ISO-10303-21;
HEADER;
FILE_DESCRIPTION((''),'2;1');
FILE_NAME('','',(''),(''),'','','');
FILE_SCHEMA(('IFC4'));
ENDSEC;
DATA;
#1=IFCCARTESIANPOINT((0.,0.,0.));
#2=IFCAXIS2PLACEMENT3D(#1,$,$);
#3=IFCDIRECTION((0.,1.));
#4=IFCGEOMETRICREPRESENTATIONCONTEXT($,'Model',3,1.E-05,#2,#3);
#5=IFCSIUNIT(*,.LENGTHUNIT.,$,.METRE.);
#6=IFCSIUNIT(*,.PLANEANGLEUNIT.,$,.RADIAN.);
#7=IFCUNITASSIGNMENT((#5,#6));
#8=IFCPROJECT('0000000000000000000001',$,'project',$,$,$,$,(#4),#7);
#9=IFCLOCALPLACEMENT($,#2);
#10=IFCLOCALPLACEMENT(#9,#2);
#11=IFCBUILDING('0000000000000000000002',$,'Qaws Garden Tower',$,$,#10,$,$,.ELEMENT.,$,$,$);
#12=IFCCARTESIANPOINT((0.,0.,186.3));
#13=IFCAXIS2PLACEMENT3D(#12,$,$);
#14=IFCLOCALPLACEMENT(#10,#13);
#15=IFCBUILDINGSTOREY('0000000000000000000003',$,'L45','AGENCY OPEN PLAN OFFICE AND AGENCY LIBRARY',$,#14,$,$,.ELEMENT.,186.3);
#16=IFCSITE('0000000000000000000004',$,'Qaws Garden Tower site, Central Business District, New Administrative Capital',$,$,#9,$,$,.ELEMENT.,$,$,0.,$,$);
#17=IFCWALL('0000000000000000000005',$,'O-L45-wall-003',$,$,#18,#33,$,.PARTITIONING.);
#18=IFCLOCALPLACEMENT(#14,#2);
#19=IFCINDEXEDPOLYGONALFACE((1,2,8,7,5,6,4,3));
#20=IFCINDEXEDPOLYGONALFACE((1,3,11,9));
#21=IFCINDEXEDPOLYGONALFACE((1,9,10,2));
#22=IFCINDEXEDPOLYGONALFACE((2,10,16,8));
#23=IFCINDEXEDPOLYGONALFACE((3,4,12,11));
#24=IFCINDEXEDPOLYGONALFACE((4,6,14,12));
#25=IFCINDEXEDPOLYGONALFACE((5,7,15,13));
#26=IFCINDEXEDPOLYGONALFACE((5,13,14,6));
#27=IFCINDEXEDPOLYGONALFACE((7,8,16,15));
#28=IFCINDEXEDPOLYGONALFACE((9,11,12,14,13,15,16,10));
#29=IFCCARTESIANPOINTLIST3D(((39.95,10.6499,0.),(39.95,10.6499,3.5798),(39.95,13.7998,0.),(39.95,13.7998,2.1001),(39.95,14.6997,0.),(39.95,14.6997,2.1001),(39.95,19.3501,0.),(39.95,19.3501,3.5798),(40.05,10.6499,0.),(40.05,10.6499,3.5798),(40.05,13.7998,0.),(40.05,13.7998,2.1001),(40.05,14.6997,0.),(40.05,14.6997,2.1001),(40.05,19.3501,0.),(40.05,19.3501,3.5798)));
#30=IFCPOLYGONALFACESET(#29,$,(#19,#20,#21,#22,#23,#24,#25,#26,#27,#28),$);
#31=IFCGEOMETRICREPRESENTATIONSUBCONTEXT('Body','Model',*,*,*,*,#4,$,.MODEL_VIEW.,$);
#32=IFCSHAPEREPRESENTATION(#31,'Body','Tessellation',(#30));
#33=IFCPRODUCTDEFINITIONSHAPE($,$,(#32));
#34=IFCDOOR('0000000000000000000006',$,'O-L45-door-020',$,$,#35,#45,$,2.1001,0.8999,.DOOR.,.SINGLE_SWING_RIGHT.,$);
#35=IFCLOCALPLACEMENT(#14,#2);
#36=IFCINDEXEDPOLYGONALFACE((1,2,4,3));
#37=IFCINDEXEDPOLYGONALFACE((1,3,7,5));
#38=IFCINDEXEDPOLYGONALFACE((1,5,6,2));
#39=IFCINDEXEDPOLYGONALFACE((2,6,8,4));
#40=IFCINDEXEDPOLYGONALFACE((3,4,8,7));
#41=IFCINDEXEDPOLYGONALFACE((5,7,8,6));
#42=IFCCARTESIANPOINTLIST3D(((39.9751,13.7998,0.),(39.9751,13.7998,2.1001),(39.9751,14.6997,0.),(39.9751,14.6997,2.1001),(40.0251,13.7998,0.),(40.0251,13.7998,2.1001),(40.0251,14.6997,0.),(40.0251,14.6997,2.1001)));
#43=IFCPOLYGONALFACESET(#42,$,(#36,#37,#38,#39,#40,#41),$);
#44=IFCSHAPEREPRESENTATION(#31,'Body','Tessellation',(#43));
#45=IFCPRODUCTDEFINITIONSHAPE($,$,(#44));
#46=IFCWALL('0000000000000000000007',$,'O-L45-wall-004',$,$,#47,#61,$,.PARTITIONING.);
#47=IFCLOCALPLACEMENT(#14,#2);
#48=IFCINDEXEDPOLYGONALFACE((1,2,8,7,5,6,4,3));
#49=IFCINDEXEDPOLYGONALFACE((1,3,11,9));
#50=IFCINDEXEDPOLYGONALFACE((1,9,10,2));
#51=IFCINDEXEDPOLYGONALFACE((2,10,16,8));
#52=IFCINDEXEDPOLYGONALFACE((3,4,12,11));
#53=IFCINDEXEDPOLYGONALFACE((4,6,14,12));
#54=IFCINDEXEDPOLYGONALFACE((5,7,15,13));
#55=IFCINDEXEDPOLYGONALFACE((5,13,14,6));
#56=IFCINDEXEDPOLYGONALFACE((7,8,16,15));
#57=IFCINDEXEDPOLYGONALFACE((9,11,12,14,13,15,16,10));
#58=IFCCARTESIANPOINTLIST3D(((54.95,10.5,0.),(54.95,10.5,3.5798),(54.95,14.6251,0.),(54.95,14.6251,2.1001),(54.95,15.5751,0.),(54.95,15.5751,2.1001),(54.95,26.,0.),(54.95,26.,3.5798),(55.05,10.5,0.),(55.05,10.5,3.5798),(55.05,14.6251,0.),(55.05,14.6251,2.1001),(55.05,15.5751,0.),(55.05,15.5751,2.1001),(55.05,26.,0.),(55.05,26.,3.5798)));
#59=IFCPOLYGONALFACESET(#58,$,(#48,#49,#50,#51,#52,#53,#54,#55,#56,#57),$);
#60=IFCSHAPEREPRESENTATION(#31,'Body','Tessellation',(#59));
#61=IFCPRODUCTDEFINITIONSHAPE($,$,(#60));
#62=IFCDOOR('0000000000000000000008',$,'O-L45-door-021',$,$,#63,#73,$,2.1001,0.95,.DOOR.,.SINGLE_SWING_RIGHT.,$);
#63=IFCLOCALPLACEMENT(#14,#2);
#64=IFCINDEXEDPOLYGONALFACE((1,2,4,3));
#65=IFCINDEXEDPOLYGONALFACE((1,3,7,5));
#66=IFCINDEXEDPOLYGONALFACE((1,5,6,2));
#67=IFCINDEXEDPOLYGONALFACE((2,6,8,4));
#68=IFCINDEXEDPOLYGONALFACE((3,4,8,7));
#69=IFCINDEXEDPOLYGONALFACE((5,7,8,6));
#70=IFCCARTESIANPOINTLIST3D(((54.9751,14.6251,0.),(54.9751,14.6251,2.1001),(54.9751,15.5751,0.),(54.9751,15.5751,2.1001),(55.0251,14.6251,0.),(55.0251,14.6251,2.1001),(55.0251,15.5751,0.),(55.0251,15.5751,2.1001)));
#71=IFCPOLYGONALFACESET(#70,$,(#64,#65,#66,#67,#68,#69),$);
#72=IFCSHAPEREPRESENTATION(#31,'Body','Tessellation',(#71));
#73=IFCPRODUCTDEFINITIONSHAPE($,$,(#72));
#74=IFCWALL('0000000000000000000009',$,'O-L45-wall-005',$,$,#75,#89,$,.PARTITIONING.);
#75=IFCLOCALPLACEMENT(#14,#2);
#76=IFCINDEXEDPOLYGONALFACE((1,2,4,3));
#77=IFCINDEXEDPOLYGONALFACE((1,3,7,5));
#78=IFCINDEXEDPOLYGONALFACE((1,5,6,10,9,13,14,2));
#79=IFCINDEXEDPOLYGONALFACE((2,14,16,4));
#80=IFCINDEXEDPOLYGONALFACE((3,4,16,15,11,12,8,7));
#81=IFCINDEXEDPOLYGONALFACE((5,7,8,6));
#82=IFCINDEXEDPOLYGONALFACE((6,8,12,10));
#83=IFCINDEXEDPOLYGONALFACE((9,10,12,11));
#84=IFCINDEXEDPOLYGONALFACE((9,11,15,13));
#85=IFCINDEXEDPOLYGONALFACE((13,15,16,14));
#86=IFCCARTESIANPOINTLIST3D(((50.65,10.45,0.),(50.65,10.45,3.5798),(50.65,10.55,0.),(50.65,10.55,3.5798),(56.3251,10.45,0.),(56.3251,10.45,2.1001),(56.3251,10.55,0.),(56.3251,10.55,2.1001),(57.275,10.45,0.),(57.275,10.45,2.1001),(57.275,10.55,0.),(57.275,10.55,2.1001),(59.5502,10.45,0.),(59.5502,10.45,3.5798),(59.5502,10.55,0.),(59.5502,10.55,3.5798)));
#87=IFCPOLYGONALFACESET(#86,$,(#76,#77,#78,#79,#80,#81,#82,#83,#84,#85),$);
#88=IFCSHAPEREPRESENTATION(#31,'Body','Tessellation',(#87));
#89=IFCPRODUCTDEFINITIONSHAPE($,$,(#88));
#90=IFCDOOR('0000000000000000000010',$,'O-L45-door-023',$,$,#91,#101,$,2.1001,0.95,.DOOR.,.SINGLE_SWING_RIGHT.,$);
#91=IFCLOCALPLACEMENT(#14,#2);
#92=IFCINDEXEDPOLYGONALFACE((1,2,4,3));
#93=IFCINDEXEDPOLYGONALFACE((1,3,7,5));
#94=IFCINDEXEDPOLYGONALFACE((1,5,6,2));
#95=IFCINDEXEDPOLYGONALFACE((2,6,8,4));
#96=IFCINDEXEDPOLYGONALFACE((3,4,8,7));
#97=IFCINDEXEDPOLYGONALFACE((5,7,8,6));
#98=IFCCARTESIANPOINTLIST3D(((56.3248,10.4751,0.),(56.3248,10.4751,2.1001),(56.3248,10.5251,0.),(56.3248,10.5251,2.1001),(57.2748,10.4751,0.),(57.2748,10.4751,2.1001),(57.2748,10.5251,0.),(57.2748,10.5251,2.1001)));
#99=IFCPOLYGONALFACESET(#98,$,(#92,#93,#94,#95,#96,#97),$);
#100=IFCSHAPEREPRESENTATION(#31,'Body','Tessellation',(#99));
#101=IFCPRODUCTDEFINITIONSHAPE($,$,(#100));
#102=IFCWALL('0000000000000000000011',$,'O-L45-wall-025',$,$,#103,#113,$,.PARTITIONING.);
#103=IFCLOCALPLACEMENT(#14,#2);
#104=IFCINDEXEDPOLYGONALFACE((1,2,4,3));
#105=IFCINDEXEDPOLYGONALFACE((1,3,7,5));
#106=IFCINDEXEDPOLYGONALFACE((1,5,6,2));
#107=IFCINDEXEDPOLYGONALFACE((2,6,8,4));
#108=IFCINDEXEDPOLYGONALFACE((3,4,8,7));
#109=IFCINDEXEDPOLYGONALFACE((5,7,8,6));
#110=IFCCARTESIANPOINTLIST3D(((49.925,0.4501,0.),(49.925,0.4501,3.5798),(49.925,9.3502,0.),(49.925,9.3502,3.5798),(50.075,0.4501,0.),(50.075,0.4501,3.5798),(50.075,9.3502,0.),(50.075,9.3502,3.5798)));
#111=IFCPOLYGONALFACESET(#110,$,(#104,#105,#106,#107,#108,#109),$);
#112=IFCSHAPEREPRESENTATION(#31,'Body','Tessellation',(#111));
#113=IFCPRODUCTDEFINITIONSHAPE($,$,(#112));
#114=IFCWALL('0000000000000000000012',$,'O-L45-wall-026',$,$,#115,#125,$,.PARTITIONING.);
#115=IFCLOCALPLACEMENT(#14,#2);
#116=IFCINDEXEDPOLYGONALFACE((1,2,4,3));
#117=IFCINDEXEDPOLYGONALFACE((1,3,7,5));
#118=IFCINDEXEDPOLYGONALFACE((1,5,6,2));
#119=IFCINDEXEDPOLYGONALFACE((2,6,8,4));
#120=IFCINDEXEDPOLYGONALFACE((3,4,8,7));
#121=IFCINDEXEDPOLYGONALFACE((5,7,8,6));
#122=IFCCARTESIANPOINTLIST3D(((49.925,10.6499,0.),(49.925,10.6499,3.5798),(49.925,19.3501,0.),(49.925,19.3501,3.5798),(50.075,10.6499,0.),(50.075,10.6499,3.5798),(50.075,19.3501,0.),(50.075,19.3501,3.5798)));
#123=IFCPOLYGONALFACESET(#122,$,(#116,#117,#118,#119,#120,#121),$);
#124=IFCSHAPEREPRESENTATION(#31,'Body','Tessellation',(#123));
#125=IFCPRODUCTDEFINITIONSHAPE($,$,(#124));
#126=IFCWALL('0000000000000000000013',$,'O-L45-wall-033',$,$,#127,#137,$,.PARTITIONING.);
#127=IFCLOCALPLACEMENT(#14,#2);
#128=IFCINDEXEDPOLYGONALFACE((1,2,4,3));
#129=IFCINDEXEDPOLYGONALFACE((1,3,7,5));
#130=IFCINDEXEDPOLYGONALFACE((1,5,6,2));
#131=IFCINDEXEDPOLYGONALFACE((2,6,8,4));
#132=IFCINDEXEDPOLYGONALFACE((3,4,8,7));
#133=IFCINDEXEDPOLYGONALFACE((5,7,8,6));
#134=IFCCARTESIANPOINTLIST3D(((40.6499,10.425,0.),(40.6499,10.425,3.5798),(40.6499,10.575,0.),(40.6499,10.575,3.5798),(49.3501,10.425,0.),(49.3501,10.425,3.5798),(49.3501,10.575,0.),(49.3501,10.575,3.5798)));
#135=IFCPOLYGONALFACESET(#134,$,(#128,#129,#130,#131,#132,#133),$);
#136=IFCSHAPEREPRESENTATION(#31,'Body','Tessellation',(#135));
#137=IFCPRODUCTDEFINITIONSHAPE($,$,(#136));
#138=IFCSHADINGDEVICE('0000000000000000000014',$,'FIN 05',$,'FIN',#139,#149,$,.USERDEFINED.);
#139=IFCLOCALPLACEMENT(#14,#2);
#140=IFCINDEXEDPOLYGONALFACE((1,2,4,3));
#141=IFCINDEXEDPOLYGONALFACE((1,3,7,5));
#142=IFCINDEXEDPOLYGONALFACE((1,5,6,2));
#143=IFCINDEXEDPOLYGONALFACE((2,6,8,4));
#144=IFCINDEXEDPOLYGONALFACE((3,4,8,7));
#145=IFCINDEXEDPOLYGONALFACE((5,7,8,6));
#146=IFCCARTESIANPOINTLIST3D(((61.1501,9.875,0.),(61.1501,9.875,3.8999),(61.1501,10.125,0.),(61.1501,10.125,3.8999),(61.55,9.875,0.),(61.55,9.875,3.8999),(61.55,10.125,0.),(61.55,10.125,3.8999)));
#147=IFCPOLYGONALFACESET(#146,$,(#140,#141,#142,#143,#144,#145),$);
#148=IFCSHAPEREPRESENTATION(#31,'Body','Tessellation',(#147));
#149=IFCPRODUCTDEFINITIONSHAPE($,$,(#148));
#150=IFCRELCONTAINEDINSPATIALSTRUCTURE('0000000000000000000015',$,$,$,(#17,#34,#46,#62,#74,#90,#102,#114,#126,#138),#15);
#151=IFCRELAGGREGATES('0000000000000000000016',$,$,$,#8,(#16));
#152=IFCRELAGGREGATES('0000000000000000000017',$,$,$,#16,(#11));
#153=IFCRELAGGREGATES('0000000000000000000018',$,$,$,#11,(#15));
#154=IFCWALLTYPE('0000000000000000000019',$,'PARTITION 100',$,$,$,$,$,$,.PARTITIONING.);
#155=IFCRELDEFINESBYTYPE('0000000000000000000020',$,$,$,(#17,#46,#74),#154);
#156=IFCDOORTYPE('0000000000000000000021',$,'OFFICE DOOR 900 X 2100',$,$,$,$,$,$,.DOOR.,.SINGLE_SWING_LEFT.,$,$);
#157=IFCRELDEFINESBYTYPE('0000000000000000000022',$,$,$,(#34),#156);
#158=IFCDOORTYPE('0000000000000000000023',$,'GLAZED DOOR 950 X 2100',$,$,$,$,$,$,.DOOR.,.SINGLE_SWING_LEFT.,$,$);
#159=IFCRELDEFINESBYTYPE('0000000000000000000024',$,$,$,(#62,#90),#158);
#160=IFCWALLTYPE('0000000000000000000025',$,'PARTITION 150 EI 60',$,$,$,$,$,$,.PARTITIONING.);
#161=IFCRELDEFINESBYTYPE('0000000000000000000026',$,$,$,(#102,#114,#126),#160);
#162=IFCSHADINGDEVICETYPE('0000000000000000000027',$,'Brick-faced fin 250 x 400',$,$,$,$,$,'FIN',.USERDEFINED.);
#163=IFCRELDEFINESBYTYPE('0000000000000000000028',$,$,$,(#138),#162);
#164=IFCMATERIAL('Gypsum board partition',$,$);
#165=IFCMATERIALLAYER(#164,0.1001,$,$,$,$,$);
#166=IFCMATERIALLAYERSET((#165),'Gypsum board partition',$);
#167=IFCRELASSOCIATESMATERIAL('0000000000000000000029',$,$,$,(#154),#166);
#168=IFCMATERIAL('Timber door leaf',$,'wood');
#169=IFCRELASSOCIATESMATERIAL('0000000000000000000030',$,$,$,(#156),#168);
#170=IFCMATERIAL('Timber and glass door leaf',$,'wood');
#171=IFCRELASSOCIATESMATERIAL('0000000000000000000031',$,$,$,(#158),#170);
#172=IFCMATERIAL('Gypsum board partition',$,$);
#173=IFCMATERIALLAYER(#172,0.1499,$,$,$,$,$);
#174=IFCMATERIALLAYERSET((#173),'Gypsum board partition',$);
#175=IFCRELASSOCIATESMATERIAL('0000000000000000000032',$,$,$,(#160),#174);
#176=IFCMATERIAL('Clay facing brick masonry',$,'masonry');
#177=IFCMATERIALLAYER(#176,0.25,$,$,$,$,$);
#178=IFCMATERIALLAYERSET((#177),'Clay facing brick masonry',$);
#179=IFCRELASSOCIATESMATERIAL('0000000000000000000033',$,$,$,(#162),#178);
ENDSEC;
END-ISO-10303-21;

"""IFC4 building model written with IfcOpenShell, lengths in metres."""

from ifc_helpers import new_model, si_unit, direction, frame, frame_2d, origin, origin_2d, place, context, subcontext, project, spatial, rectangle, extrude, material, layer, layer_set, type_object, element, fill, save


model = new_model("IFC4")

# Units and contexts
model_context = context("Model", 3, precision=1e-05, world=origin(), true_north=direction((0.0, 1.0)))
body_context = subcontext(model_context, "Body", "Model", "MODEL_VIEW")
ifc_project = project(units=[si_unit("LENGTHUNIT", "METRE"), si_unit("PLANEANGLEUNIT", "RADIAN")], contexts=[model_context])

# Site, building, storey
site_placement = place(None, origin())
site = spatial("IfcSite", under=ifc_project, at=site_placement, Name="Qaws Garden Tower site, Central Business District, New Administrative Capital", CompositionType="ELEMENT", RefElevation=0.0)
building_placement = place(site_placement, origin())
building = spatial("IfcBuilding", under=site, at=building_placement, Name="Qaws Garden Tower", CompositionType="ELEMENT")
storey_placement = place(building_placement, frame((0.0, 0.0, 186.3)))
storey = spatial("IfcBuildingStorey", under=building, at=storey_placement, Name="L45", Description="AGENCY OPEN PLAN OFFICE AND AGENCY LIBRARY", CompositionType="ELEMENT", Elevation=186.3)

# Walls, openings, doors
ifc_material_1 = material(Name="Gypsum board partition")
ifc_layer_1 = layer(ifc_material_1, 0.1001)
ifc_layer_set_1 = layer_set([ifc_layer_1], Name="Gypsum board partition")
wall_type_1 = type_object("IfcWallType", Name="PARTITION 100", PredefinedType="PARTITIONING", material=ifc_layer_set_1)
wall_1_placement = place(storey_placement, frame((40.0, 10.6499, 0.0), z_axis=(0.0, 0.0, 1.0), x_axis=(0.0, 1.0, 0.0)))
wall_1 = element("IfcWall", 1, at=wall_1_placement, inside=storey, type_object=wall_type_1, Name="O-L45-wall-003", PredefinedType="PARTITIONING", context=body_context, shape_type="SweptSolid", body=[
    extrude(rectangle(XDim=8.7002, YDim=0.1001, at=frame_2d((4.3501, 0.0))), origin(), (0.0, 0.0, 1.0), 3.5798),
])
opening_1_placement = place(wall_1_placement, frame((3.1499, 0.0, 0.0)))
opening_1 = element("IfcOpeningElement", 2, at=opening_1_placement, cuts=wall_1, PredefinedType="OPENING", context=body_context, shape_type="SweptSolid", body=[
    extrude(rectangle(XDim=0.8999, YDim=2.1001, at=frame_2d((0.45, 1.05))), frame((0.0, 0.0601, 0.0), z_axis=(0.0, -1.0, 0.0), x_axis=(1.0, 0.0, 0.0)), (0.0, 0.0, 1.0), 0.1201),
])
ifc_material_2 = material(Name="Timber door leaf", Category="wood")
door_type_1 = type_object("IfcDoorType", Name="OFFICE DOOR 900 X 2100", OperationType="SINGLE_SWING_LEFT", PredefinedType="DOOR", material=ifc_material_2)
door_1_placement = place(opening_1_placement, origin())
door_1 = element("IfcDoor", 3, at=door_1_placement, inside=storey, type_object=door_type_1, Name="O-L45-door-020", OperationType="SINGLE_SWING_RIGHT", OverallHeight=2.1001, OverallWidth=0.8999, PredefinedType="DOOR", context=body_context, shape_type="SweptSolid", body=[
    extrude(rectangle(XDim=0.8999, YDim=2.1001, at=frame_2d((0.45, 1.05))), frame((0.0, 0.0249, 0.0), z_axis=(0.0, -1.0, 0.0), x_axis=(1.0, 0.0, 0.0)), (0.0, 0.0, 1.0), 0.05),
])
fill(opening_1, door_1)
wall_2_placement = place(storey_placement, frame((55.0, 10.5, 0.0), z_axis=(0.0, 0.0, 1.0), x_axis=(0.0, 1.0, 0.0)))
wall_2 = element("IfcWall", 4, at=wall_2_placement, inside=storey, type_object=wall_type_1, Name="O-L45-wall-004", PredefinedType="PARTITIONING", context=body_context, shape_type="SweptSolid", body=[
    extrude(rectangle(XDim=15.5, YDim=0.1001, at=frame_2d((7.75, 0.0))), origin(), (0.0, 0.0, 1.0), 3.5798),
])
opening_2_placement = place(wall_2_placement, frame((4.125, 0.0, 0.0)))
opening_2 = element("IfcOpeningElement", 5, at=opening_2_placement, cuts=wall_2, PredefinedType="OPENING", context=body_context, shape_type="SweptSolid", body=[
    extrude(rectangle(XDim=0.95, YDim=2.1001, at=frame_2d((0.4751, 1.05))), frame((0.0, 0.0601, 0.0), z_axis=(0.0, -1.0, 0.0), x_axis=(1.0, 0.0, 0.0)), (0.0, 0.0, 1.0), 0.1201),
])
ifc_material_3 = material(Name="Timber and glass door leaf", Category="wood")
door_type_2 = type_object("IfcDoorType", Name="GLAZED DOOR 950 X 2100", OperationType="SINGLE_SWING_LEFT", PredefinedType="DOOR", material=ifc_material_3)
door_2_placement = place(opening_2_placement, origin())
door_2 = element("IfcDoor", 6, at=door_2_placement, inside=storey, type_object=door_type_2, Name="O-L45-door-021", OperationType="SINGLE_SWING_RIGHT", OverallHeight=2.1001, OverallWidth=0.95, PredefinedType="DOOR", context=body_context, shape_type="SweptSolid", body=[
    extrude(rectangle(XDim=0.95, YDim=2.1001, at=frame_2d((0.4751, 1.05))), frame((0.0, 0.0249, 0.0), z_axis=(0.0, -1.0, 0.0), x_axis=(1.0, 0.0, 0.0)), (0.0, 0.0, 1.0), 0.05),
])
fill(opening_2, door_2)
wall_3_placement = place(storey_placement, frame((50.6499, 10.5, 0.0), z_axis=(0.0, 0.0, 1.0), x_axis=(1.0, 0.0, 0.0)))
wall_3 = element("IfcWall", 7, at=wall_3_placement, inside=storey, type_object=wall_type_1, Name="O-L45-wall-005", PredefinedType="PARTITIONING", context=body_context, shape_type="SweptSolid", body=[
    extrude(rectangle(XDim=8.9001, YDim=0.1001, at=frame_2d((4.4502, 0.0))), origin(), (0.0, 0.0, 1.0), 3.5798),
])
opening_3_placement = place(wall_3_placement, frame((5.675, 0.0, 0.0)))
opening_3 = element("IfcOpeningElement", 8, at=opening_3_placement, cuts=wall_3, PredefinedType="OPENING", context=body_context, shape_type="SweptSolid", body=[
    extrude(rectangle(XDim=0.95, YDim=2.1001, at=frame_2d((0.4751, 1.05))), frame((0.0, 0.0601, 0.0), z_axis=(0.0, -1.0, 0.0), x_axis=(1.0, 0.0, 0.0)), (0.0, 0.0, 1.0), 0.1201),
])
door_3_placement = place(opening_3_placement, frame((0.95, 0.0, 0.0), z_axis=(0.0, 0.0, 1.0), x_axis=(-1.0, 0.0, 0.0)))
door_3 = element("IfcDoor", 9, at=door_3_placement, inside=storey, type_object=door_type_2, Name="O-L45-door-023", OperationType="SINGLE_SWING_RIGHT", OverallHeight=2.1001, OverallWidth=0.95, PredefinedType="DOOR", context=body_context, shape_type="SweptSolid", body=[
    extrude(rectangle(XDim=0.95, YDim=2.1001, at=frame_2d((0.4751, 1.05))), frame((0.0, 0.0249, 0.0), z_axis=(0.0, -1.0, 0.0), x_axis=(1.0, 0.0, 0.0)), (0.0, 0.0, 1.0), 0.05),
])
fill(opening_3, door_3)

# Walls
ifc_material_4 = material(Name="Gypsum board partition")
ifc_layer_2 = layer(ifc_material_4, 0.1499)
ifc_layer_set_2 = layer_set([ifc_layer_2], Name="Gypsum board partition")
wall_type_2 = type_object("IfcWallType", Name="PARTITION 150 EI 60", PredefinedType="PARTITIONING", material=ifc_layer_set_2)
wall_4_placement = place(storey_placement, frame((50.0, 0.45, 0.0), z_axis=(0.0, 0.0, 1.0), x_axis=(0.0, 1.0, 0.0)))
element("IfcWall", 10, at=wall_4_placement, inside=storey, type_object=wall_type_2, Name="O-L45-wall-025", PredefinedType="PARTITIONING", context=body_context, shape_type="SweptSolid", body=[
    extrude(rectangle(XDim=8.9001, YDim=0.1499, at=frame_2d((4.4502, 0.0))), origin(), (0.0, 0.0, 1.0), 3.5798),
])
for number, where, z_axis, x_axis, name in (
    (11, (50.0, 10.6499, 0.0), (0.0, 0.0, 1.0), (0.0, 1.0, 0.0), "O-L45-wall-026"),
    (12, (40.6499, 10.5, 0.0), (0.0, 0.0, 1.0), (1.0, 0.0, 0.0), "O-L45-wall-033"),
):
    element("IfcWall", number, at=place(storey_placement, frame(where, z_axis=z_axis, x_axis=x_axis)), inside=storey, type_object=wall_type_2, Name=name, PredefinedType="PARTITIONING", context=body_context, shape_type="SweptSolid", body=[
        extrude(rectangle(XDim=8.7002, YDim=0.1499, at=frame_2d((4.3501, 0.0))), origin(), (0.0, 0.0, 1.0), 3.5798),
    ])

# Shading device
ifc_material_5 = material(Name="Clay facing brick masonry", Category="masonry")
ifc_layer_3 = layer(ifc_material_5, 0.25)
ifc_layer_set_3 = layer_set([ifc_layer_3], Name="Clay facing brick masonry")
shading_device_type = type_object("IfcShadingDeviceType", Name="Brick-faced fin 250 x 400", ElementType="FIN", PredefinedType="USERDEFINED", material=ifc_layer_set_3)
shading_device_placement = place(storey_placement, frame((61.3501, 10.0, 0.0), z_axis=(0.0, 0.0, 1.0), x_axis=(0.0, 1.0, 0.0)))
element("IfcShadingDevice", 13, at=shading_device_placement, inside=storey, type_object=shading_device_type, Name="FIN 05", ObjectType="FIN", PredefinedType="USERDEFINED", context=body_context, shape_type="SweptSolid", body=[
    extrude(rectangle(XDim=0.25, YDim=0.3999, at=origin_2d()), origin(), (0.0, 0.0, 1.0), 3.8999),
])

save(model, "model.ifc")
